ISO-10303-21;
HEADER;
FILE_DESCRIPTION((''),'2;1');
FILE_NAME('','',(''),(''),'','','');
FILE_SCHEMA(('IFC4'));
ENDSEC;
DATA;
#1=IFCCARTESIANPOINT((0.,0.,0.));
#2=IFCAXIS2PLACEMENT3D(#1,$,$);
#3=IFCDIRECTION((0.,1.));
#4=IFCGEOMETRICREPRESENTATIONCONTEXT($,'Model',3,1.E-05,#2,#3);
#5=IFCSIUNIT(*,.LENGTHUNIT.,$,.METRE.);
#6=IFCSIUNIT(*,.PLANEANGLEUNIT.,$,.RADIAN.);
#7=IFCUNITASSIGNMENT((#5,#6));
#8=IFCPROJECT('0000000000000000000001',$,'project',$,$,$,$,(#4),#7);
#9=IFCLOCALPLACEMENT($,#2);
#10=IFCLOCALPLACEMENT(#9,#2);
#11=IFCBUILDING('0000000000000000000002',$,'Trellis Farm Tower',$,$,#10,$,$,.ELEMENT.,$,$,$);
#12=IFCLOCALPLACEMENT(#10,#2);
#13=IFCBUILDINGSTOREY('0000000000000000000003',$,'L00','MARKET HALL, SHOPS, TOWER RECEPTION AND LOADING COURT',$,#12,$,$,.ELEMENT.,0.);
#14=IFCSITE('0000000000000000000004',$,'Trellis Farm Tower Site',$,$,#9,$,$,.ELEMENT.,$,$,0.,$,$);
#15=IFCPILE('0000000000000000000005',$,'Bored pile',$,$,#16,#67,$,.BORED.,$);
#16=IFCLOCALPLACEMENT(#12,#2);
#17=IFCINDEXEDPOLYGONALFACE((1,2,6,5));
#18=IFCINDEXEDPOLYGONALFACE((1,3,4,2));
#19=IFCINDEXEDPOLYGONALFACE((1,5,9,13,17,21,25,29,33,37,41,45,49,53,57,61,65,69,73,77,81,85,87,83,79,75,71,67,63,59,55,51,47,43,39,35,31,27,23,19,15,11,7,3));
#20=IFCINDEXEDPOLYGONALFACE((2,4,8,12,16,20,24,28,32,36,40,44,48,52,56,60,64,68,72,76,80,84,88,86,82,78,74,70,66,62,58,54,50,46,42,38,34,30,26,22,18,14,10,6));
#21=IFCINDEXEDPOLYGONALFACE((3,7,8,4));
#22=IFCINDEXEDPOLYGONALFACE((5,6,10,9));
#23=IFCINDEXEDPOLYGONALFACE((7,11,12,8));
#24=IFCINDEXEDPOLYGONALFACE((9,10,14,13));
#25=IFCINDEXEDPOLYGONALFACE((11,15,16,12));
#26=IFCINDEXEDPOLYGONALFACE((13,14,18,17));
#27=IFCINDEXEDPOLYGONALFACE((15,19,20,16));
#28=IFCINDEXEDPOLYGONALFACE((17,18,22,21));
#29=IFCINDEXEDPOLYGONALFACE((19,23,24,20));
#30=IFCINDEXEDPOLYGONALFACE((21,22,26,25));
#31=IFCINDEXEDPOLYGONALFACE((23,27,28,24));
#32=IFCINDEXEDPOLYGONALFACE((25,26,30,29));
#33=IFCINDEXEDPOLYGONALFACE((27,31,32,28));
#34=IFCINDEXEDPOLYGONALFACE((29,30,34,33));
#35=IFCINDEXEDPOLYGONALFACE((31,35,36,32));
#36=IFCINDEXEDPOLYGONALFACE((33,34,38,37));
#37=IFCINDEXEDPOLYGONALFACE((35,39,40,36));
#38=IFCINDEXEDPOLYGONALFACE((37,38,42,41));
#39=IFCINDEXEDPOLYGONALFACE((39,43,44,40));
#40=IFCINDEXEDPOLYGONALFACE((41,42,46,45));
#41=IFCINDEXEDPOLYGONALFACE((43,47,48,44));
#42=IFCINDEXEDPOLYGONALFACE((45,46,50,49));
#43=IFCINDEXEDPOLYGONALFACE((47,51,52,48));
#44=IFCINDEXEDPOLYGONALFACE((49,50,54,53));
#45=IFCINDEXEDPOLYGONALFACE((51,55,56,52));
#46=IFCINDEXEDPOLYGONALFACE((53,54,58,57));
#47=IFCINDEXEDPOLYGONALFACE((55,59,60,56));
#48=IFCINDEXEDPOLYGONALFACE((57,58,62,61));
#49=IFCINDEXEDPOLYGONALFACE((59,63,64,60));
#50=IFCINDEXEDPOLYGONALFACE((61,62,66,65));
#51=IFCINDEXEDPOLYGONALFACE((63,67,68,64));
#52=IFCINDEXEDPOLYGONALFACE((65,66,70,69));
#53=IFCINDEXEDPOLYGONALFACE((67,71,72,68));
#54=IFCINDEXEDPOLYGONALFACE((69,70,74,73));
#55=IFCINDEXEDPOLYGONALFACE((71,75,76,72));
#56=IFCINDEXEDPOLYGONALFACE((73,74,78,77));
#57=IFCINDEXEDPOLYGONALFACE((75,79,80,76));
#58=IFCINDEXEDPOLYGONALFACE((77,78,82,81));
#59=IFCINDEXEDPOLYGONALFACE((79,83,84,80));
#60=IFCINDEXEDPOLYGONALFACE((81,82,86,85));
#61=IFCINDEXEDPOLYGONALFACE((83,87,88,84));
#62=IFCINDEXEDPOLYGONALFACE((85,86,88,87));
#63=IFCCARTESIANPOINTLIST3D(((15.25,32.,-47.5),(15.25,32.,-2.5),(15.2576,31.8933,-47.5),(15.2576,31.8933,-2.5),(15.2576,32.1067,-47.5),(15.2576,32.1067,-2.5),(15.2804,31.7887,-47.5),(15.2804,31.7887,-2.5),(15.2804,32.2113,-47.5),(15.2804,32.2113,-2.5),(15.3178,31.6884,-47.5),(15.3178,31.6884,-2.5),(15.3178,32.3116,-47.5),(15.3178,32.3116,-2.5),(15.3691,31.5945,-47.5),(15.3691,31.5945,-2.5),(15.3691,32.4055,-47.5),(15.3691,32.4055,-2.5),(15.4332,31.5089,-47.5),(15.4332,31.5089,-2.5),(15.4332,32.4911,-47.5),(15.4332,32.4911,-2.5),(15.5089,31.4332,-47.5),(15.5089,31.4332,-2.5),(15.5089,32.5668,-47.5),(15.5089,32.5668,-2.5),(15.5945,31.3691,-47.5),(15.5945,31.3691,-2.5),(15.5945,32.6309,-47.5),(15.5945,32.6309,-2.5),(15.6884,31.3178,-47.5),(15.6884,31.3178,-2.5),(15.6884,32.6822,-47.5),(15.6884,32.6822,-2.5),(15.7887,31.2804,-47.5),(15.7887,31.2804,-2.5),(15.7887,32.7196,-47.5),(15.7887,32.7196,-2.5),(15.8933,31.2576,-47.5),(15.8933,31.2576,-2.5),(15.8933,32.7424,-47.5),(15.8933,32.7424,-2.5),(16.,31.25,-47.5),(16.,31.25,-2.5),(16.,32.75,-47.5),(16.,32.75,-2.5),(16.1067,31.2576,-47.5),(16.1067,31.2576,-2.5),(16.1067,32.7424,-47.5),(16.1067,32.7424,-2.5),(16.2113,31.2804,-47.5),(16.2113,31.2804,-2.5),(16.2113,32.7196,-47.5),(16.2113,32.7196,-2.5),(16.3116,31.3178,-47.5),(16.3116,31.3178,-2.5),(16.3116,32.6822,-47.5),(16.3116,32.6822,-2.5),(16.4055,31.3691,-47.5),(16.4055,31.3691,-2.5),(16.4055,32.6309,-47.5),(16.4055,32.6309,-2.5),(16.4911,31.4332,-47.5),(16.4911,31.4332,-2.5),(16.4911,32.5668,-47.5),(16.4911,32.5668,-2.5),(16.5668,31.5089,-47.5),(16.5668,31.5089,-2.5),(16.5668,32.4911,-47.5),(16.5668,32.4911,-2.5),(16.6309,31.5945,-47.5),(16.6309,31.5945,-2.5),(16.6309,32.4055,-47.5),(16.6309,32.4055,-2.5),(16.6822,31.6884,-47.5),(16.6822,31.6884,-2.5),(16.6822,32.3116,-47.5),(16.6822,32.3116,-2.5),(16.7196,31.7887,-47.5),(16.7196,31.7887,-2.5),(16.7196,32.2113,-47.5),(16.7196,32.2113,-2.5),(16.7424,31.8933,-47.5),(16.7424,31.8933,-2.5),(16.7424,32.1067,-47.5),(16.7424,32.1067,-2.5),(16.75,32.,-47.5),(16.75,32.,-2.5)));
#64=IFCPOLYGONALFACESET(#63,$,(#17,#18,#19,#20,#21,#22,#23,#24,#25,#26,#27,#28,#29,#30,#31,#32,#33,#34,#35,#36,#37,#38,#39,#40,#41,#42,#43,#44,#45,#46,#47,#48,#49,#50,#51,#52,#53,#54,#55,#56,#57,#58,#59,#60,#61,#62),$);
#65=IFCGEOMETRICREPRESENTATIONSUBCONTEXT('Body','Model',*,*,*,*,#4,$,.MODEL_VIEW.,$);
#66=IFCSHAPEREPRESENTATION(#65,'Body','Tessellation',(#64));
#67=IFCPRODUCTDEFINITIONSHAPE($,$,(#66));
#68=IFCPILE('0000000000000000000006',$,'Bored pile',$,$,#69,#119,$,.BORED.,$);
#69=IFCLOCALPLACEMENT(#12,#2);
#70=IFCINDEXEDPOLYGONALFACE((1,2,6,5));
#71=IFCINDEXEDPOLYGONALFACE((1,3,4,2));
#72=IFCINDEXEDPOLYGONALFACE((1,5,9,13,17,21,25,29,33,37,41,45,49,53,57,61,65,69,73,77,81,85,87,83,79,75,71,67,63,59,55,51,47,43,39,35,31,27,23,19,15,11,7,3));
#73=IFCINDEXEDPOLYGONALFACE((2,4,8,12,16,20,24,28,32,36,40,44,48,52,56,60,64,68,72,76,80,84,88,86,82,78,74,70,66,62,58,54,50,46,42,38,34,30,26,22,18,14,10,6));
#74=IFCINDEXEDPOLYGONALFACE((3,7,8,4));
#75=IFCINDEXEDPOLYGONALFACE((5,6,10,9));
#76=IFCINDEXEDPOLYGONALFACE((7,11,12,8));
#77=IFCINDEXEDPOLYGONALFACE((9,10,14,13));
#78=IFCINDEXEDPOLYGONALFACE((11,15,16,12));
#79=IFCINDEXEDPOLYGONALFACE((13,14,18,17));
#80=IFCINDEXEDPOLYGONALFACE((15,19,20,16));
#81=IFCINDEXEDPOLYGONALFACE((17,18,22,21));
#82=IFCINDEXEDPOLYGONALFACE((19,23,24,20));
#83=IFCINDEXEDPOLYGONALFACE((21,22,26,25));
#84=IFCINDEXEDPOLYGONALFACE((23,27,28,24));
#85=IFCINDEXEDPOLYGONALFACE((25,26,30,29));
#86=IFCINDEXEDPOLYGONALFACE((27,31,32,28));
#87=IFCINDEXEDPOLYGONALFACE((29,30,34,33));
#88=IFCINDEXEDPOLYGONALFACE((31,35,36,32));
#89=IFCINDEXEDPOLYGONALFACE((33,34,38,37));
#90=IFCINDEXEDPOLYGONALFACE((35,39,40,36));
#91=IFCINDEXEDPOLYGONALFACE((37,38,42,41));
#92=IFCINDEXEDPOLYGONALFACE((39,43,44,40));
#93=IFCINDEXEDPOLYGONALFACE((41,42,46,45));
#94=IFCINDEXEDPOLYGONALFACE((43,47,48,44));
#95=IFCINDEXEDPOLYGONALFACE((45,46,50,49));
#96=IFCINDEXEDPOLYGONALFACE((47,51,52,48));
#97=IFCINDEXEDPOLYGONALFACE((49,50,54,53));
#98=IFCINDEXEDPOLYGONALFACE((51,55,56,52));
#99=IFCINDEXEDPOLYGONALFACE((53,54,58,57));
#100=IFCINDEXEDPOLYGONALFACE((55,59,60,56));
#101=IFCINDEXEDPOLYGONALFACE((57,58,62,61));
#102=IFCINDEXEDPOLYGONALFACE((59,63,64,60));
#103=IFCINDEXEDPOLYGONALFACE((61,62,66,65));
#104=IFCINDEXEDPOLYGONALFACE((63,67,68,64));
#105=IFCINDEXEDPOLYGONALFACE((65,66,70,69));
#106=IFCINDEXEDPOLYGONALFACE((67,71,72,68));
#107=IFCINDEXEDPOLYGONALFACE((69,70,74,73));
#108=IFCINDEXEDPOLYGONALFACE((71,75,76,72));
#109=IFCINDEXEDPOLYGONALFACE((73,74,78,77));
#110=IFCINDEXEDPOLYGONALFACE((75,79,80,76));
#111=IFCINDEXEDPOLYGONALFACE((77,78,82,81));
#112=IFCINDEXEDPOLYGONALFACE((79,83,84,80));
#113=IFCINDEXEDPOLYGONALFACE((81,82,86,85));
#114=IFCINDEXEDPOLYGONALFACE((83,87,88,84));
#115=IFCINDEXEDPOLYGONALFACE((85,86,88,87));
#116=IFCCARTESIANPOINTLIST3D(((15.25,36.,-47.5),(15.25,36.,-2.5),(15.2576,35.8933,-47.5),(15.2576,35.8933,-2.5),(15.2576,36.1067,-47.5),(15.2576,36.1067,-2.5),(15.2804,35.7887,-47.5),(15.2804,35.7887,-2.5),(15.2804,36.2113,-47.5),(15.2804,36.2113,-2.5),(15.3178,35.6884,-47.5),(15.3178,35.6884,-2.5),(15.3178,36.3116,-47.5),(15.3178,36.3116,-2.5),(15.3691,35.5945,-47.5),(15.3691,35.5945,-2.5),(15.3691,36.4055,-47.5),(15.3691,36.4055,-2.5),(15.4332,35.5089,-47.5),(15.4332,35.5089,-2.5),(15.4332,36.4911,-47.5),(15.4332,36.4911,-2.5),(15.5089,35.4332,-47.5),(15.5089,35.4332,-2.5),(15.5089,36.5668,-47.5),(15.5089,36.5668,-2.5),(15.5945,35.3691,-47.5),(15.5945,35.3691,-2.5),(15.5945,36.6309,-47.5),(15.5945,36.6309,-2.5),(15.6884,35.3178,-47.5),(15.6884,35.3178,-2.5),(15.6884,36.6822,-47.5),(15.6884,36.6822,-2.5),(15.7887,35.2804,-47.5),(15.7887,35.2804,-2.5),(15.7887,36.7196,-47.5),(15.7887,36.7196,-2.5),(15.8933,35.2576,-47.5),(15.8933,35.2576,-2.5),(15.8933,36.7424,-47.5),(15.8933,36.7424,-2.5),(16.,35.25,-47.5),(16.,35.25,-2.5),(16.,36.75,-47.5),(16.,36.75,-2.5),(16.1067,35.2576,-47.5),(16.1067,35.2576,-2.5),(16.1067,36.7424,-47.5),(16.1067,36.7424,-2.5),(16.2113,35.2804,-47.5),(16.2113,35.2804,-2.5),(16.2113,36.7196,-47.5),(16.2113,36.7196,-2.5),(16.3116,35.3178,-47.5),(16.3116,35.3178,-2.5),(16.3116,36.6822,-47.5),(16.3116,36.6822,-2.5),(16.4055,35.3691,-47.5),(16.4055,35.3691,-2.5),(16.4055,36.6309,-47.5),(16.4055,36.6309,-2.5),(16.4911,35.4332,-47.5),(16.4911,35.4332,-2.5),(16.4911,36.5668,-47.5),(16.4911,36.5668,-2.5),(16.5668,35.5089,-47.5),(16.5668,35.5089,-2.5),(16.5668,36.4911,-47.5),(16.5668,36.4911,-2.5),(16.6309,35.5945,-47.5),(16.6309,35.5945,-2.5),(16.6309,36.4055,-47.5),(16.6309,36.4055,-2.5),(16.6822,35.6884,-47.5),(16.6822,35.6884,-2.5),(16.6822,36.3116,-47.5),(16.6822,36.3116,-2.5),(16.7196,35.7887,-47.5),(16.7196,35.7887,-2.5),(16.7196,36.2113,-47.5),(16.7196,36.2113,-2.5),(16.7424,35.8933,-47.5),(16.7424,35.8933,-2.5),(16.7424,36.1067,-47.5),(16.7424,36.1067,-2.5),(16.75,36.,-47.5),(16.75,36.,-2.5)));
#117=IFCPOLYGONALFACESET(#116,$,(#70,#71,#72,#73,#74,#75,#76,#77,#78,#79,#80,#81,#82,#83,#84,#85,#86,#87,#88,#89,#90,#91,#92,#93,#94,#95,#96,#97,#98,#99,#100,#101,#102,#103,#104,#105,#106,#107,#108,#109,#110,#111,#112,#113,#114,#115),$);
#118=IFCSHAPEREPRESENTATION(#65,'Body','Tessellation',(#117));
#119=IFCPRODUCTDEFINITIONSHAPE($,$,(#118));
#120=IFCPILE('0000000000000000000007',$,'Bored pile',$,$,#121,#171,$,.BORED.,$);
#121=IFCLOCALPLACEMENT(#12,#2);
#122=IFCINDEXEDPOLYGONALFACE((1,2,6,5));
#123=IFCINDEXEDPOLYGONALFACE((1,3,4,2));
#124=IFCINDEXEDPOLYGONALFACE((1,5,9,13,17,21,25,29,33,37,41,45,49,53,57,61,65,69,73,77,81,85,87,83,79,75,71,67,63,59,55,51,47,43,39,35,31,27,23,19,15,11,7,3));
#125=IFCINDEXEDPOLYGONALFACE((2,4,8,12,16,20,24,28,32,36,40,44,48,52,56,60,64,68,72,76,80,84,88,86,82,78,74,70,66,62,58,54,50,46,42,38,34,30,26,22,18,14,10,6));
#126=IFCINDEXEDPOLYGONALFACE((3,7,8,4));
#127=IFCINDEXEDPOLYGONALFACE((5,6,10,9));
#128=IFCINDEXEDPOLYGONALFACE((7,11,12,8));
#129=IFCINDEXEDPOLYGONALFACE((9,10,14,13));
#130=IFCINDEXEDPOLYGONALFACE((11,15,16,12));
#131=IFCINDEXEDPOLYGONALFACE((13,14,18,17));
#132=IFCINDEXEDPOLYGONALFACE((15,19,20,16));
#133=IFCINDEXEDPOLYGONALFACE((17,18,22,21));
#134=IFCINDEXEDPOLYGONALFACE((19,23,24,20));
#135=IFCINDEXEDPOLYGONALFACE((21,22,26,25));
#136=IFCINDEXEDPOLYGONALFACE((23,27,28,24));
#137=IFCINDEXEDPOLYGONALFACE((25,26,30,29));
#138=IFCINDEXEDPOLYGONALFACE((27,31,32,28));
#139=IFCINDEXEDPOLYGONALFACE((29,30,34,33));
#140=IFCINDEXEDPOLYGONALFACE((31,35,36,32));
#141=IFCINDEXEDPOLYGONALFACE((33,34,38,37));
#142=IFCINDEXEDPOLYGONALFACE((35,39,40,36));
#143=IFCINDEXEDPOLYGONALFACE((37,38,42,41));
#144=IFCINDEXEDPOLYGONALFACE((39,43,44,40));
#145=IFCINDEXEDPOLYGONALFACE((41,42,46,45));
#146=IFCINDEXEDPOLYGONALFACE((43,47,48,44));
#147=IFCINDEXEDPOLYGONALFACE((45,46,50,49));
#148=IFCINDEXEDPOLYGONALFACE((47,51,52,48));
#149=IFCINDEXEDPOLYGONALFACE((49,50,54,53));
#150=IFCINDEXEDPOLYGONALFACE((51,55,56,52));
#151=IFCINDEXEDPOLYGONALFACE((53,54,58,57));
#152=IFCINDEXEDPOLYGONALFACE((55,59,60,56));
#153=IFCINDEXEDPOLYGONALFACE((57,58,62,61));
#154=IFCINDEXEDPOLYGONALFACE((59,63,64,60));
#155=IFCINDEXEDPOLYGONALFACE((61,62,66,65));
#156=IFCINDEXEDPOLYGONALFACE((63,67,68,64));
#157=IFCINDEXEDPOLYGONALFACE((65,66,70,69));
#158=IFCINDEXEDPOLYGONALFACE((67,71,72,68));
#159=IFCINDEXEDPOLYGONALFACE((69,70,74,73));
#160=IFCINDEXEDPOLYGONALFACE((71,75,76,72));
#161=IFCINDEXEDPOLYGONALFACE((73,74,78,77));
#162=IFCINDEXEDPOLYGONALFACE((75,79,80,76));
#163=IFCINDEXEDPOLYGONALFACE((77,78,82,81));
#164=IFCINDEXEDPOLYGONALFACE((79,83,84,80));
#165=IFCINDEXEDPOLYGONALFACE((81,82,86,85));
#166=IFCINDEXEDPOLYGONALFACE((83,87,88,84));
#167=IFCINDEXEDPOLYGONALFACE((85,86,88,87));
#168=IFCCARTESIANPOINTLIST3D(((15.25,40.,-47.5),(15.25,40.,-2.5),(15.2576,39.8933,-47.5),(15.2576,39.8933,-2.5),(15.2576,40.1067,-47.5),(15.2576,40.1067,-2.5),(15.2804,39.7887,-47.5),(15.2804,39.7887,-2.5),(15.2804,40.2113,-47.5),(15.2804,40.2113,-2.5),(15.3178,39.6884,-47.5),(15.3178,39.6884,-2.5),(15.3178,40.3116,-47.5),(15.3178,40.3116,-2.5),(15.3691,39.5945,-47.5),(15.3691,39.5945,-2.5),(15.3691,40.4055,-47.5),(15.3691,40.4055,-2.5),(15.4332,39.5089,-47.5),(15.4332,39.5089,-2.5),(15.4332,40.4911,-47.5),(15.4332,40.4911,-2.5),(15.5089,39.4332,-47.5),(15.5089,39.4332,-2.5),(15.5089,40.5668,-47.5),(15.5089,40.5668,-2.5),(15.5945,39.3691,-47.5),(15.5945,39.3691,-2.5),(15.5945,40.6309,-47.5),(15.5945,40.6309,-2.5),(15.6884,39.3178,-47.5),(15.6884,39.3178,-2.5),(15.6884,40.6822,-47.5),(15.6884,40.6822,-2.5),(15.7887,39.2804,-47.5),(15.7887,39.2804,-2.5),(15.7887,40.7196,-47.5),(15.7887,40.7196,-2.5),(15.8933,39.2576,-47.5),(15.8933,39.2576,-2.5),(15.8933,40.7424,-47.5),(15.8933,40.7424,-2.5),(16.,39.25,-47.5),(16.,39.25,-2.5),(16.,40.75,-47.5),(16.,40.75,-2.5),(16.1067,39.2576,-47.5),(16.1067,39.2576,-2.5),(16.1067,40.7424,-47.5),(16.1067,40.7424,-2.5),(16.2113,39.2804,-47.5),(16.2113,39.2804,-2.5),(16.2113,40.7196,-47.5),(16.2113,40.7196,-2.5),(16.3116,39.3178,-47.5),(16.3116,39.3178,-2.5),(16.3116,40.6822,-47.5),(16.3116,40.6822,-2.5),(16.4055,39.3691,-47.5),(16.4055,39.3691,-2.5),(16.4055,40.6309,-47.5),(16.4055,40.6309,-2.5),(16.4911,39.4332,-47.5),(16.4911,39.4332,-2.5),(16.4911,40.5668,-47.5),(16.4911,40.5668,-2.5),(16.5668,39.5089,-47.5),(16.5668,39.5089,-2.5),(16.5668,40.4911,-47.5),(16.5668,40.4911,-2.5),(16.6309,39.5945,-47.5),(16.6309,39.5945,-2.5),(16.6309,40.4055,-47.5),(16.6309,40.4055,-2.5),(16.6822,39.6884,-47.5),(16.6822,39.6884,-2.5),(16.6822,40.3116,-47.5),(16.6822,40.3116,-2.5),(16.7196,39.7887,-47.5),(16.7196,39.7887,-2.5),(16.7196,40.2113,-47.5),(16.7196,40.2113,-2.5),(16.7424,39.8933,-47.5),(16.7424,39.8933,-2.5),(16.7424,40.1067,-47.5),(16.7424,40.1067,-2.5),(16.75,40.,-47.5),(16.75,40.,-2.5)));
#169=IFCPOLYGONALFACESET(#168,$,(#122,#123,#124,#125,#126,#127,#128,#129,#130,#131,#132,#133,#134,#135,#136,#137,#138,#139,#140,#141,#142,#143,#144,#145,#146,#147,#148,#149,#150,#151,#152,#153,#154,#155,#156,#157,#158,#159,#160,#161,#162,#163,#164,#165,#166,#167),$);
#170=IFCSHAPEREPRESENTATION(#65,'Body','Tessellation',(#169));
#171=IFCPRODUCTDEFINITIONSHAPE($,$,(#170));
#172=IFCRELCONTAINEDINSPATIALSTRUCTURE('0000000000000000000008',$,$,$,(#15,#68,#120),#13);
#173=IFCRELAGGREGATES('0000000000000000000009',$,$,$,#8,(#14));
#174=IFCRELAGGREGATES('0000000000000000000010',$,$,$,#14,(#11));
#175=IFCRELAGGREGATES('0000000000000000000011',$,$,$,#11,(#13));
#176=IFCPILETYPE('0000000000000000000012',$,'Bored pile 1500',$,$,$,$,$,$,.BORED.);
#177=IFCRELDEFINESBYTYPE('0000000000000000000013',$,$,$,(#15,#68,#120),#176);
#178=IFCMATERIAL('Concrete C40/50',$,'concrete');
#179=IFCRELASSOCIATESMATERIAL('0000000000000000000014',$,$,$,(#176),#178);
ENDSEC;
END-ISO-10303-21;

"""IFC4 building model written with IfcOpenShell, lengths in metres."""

from ifc_helpers import new_model, si_unit, direction, frame, origin, origin_2d, place, context, subcontext, project, spatial, circle, extrude, source, transform, mapped, material, material_profile, profile_set, type_object, element, save


model = new_model("IFC4")

# Units and contexts
model_context = context("Model", 3, precision=1e-05, world=origin(), true_north=direction((0.0, 1.0)))
body_context = subcontext(model_context, "Body", "Model", "MODEL_VIEW")
ifc_project = project(units=[si_unit("LENGTHUNIT", "METRE"), si_unit("PLANEANGLEUNIT", "RADIAN")], contexts=[model_context])

# Site, building, storey
site_placement = place(None, origin())
site = spatial("IfcSite", under=ifc_project, at=site_placement, Name="Trellis Farm Tower Site", CompositionType="ELEMENT", RefElevation=0.0)
building_placement = place(site_placement, origin())
building = spatial("IfcBuilding", under=site, at=building_placement, Name="Trellis Farm Tower", CompositionType="ELEMENT")
storey_placement = place(building_placement, origin())
storey = spatial("IfcBuildingStorey", under=building, at=storey_placement, Name="L00", Description="MARKET HALL, SHOPS, TOWER RECEPTION AND LOADING COURT", CompositionType="ELEMENT", Elevation=0.0)

# Piles
ifc_material_1 = material(Name="Concrete C40/50", Category="concrete")
ifc_material_profile_1 = material_profile(ifc_material_1, circle(Radius=0.75, at=origin_2d()), Name="Bored pile 1500")
ifc_profile_set_1 = profile_set([ifc_material_profile_1], Name="Concrete C40/50")
pile_type = type_object("IfcPileType", Name="Bored pile 1500", PredefinedType="BORED", material=ifc_profile_set_1)
shared_shape_1 = source(origin(), body_context, "Body", "SweptSolid", [
    extrude(circle(Radius=0.75, at=origin_2d()), origin(), (0.0, 0.0, 1.0), 45.0),
])
for number, where, z_axis, x_axis, name in (
    (1, (16.0, 32.0, -2.5), (0.0, 0.0, -1.0), (1.0, 0.0, 0.0), "Bored pile"),
    (2, (16.0, 36.0, -2.5), (0.0, 0.0, -1.0), (1.0, 0.0, 0.0), "Bored pile"),
    (3, (16.0, 40.0, -2.5), (0.0, 0.0, -1.0), (1.0, 0.0, 0.0), "Bored pile"),
):
    element("IfcPile", number, at=place(storey_placement, frame(where, z_axis=z_axis, x_axis=x_axis)), inside=storey, type_object=pile_type, Name=name, PredefinedType="BORED", context=body_context, shape_type="MappedRepresentation", body=[
        mapped(shared_shape_1, transform((0.0, 0.0, 0.0))),
    ])

save(model, "model.ifc")
